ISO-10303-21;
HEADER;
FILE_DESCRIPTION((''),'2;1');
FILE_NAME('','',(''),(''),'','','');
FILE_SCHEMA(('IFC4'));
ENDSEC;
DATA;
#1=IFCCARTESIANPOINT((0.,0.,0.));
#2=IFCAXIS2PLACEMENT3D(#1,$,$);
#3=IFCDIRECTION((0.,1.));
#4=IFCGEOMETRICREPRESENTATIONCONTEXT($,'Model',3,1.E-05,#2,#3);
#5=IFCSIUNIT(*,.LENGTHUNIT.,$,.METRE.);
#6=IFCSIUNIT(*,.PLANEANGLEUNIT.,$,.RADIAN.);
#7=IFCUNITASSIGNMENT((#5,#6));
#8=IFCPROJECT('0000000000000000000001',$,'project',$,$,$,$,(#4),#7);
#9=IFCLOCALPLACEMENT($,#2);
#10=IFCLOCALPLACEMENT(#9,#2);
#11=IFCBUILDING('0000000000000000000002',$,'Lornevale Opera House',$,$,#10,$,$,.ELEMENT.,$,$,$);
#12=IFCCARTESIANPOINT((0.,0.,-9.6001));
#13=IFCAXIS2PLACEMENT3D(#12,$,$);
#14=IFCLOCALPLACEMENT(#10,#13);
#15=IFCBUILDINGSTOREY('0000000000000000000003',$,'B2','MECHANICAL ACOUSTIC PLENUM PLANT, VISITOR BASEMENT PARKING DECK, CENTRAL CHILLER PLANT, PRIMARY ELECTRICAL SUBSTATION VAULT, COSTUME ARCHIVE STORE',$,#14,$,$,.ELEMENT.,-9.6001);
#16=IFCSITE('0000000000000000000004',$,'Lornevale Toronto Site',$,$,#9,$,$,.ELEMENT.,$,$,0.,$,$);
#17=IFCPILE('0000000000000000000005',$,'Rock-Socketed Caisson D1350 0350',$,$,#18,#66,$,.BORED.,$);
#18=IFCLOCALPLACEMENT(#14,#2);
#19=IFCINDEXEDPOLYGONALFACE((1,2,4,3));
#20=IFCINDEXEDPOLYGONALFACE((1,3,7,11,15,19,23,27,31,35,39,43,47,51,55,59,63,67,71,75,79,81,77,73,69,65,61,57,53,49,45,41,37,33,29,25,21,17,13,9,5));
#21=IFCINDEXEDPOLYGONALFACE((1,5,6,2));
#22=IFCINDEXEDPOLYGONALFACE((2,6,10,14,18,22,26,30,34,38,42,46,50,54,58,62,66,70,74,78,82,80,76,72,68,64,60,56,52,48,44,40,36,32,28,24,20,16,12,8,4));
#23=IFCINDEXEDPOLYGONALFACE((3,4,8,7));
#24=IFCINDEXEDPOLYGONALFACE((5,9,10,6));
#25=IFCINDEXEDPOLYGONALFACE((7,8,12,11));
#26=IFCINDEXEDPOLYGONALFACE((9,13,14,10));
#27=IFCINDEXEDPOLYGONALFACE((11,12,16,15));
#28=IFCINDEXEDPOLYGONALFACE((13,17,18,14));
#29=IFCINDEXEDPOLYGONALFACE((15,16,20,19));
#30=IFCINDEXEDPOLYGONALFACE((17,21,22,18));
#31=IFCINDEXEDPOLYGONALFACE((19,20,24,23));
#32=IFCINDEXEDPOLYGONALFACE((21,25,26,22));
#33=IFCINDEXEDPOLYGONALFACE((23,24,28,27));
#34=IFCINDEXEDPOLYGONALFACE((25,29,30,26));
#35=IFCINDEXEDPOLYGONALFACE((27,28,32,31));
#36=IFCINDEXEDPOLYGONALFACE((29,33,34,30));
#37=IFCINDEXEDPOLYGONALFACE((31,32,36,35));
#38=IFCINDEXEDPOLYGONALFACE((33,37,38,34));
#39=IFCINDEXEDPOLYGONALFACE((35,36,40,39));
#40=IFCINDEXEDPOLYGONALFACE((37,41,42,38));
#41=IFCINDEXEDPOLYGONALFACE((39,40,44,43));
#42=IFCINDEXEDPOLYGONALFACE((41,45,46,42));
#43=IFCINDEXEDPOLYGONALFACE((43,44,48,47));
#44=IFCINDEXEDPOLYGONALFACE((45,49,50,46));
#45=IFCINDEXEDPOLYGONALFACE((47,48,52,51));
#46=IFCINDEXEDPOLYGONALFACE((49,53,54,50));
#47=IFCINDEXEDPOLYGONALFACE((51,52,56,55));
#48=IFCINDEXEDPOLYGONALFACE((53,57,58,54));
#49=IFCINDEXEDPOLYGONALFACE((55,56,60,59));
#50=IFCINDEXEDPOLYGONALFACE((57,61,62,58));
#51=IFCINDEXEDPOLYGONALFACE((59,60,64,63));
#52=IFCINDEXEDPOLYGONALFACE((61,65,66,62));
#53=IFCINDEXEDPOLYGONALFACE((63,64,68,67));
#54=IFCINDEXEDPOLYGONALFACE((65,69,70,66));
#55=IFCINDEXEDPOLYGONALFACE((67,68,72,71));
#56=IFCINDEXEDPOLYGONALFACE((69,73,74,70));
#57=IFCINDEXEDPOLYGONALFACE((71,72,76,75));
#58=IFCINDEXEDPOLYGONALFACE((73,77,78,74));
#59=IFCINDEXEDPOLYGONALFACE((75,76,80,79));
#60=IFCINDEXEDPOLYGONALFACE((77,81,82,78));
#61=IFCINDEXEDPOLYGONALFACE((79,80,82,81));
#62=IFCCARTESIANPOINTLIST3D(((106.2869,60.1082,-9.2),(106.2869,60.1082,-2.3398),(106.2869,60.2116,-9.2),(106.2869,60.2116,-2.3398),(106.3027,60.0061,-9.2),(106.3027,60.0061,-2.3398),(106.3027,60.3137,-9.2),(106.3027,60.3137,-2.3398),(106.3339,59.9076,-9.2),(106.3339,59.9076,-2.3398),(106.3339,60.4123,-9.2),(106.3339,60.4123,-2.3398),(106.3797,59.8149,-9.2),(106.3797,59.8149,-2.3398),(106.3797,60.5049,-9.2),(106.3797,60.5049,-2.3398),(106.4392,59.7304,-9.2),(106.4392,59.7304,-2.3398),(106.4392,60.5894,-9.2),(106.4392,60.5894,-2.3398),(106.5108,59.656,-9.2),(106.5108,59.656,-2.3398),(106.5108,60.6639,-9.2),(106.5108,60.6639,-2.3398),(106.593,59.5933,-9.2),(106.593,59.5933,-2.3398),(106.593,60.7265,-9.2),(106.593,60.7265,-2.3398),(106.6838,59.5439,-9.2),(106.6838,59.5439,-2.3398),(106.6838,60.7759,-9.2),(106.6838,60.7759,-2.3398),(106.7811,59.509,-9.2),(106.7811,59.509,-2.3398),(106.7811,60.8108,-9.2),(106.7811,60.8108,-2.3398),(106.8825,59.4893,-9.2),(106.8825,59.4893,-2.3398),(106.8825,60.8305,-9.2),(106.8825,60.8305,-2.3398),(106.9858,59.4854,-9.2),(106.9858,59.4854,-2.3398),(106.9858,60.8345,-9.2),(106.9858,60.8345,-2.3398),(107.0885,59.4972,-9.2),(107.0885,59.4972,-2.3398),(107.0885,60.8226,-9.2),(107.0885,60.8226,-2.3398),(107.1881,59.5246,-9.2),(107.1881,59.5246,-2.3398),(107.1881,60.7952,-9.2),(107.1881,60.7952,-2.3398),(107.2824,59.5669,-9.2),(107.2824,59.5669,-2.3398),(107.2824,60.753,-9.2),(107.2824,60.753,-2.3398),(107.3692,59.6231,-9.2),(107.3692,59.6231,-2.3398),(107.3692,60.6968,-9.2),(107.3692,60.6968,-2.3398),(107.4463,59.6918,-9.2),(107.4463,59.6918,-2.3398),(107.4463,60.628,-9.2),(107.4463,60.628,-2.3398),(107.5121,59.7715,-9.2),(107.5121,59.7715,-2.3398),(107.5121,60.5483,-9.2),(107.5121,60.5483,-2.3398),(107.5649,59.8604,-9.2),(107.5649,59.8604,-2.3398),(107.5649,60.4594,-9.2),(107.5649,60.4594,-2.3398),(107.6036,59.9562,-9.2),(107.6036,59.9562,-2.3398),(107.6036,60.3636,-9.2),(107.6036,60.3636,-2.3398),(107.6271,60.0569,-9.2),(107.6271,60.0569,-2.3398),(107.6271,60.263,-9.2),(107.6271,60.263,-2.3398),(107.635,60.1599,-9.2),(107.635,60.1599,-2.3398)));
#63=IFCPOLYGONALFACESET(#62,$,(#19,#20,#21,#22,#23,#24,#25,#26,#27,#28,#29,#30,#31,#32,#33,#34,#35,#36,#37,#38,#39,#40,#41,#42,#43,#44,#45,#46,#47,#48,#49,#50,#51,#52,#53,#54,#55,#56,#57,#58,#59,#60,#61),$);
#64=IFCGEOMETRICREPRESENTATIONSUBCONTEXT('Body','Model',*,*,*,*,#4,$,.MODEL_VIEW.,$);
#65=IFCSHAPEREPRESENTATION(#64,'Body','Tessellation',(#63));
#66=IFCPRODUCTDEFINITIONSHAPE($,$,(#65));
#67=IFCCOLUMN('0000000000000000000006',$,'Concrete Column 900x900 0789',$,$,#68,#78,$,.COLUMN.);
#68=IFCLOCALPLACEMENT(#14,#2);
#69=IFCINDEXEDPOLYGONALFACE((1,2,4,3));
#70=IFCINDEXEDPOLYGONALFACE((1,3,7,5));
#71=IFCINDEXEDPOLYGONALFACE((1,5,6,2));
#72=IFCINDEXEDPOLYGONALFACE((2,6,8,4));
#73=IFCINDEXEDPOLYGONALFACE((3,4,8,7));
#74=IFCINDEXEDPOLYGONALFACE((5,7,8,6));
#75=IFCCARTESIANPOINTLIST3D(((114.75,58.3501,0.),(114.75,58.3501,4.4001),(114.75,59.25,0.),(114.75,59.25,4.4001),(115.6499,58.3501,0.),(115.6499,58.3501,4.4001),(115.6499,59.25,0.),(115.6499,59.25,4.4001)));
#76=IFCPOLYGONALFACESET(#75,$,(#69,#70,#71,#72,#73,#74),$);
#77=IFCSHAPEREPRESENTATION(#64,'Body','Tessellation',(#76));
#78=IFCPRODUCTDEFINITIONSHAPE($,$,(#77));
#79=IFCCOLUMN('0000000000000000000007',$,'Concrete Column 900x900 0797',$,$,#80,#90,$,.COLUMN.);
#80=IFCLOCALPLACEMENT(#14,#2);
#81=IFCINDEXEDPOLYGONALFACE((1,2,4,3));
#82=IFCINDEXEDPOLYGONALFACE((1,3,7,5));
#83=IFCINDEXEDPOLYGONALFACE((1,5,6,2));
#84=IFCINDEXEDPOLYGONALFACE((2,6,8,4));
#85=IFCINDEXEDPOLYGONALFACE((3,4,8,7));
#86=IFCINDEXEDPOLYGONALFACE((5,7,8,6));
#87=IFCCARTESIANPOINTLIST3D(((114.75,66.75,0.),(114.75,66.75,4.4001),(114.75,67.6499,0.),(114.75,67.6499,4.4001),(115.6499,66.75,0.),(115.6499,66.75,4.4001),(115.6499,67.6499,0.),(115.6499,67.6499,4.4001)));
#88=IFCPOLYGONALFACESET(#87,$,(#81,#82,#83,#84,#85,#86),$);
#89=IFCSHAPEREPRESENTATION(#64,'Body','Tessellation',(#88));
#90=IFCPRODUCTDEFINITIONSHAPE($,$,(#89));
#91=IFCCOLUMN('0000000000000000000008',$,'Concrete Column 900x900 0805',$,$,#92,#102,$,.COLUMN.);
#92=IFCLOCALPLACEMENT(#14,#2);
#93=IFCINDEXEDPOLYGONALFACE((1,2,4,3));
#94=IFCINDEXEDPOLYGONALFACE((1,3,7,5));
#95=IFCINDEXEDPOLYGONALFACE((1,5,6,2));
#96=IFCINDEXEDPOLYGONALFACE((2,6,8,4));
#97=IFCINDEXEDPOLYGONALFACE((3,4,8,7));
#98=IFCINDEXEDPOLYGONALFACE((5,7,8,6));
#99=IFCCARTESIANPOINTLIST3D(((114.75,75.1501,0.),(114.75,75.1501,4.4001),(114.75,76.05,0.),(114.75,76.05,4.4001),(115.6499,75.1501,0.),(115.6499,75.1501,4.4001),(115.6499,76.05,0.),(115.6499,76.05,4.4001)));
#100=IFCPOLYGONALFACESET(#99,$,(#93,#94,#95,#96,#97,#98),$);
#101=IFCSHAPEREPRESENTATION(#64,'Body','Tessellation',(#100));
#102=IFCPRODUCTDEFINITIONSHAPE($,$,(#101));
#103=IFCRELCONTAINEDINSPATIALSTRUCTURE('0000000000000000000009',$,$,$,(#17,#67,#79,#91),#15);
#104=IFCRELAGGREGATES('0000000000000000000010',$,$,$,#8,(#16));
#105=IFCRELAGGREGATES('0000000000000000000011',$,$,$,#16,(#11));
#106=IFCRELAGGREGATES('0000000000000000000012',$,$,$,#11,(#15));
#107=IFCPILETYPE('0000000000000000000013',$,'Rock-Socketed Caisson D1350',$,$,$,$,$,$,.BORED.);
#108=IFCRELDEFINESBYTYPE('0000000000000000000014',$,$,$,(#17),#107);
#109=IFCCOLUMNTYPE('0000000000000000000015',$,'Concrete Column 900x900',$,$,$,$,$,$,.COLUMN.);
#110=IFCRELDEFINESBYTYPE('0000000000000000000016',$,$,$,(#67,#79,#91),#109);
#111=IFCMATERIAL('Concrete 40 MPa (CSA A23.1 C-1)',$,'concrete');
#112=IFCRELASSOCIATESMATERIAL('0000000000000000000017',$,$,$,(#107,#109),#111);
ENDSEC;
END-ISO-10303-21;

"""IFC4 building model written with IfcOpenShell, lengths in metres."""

from ifc_helpers import new_model, si_unit, direction, frame, origin, origin_2d, place, context, subcontext, project, spatial, rectangle, circle, extrude, material, material_profile, profile_set, type_object, element, save


model = new_model("IFC4")

# Units and contexts
model_context = context("Model", 3, precision=1e-05, world=origin(), true_north=direction((0.0, 1.0)))
body_context = subcontext(model_context, "Body", "Model", "MODEL_VIEW")
ifc_project = project(units=[si_unit("LENGTHUNIT", "METRE"), si_unit("PLANEANGLEUNIT", "RADIAN")], contexts=[model_context])

# Site, building, storey
site_placement = place(None, origin())
site = spatial("IfcSite", under=ifc_project, at=site_placement, Name="Lornevale Toronto Site", CompositionType="ELEMENT", RefElevation=0.0)
building_placement = place(site_placement, origin())
building = spatial("IfcBuilding", under=site, at=building_placement, Name="Lornevale Opera House", CompositionType="ELEMENT")
storey_placement = place(building_placement, frame((0.0, 0.0, -9.6001)))
storey = spatial("IfcBuildingStorey", under=building, at=storey_placement, Name="B2", Description="MECHANICAL ACOUSTIC PLENUM PLANT, VISITOR BASEMENT PARKING DECK, CENTRAL CHILLER PLANT, PRIMARY ELECTRICAL SUBSTATION VAULT, COSTUME ARCHIVE STORE", CompositionType="ELEMENT", Elevation=-9.6001)

# Pile
ifc_material_1 = material(Name="Concrete 40 MPa (CSA A23.1 C-1)", Category="concrete")
ifc_material_profile_1 = material_profile(ifc_material_1, circle(Radius=0.675, at=origin_2d()), Name="CAIS1350")
ifc_profile_set_1 = profile_set([ifc_material_profile_1], Name="Concrete 40 MPa (CSA A23.1 C-1)")
pile_type_1 = type_object("IfcPileType", Name="Rock-Socketed Caisson D1350", PredefinedType="BORED", material=ifc_profile_set_1)
pile_placement = place(storey_placement, frame((106.96, 60.1599, -2.3398), z_axis=(0.0, 0.0, -1.0), x_axis=(1.0, 0.0, 0.0)))
element("IfcPile", 1, at=pile_placement, inside=storey, type_object=pile_type_1, Name="Rock-Socketed Caisson D1350 0350", PredefinedType="BORED", context=body_context, shape_type="SweptSolid", body=[
    extrude(circle(Radius=0.675, at=origin_2d()), origin(), (0.0, 0.0, 1.0), 6.8601),
])

# Columns
ifc_material_profile_2 = material_profile(ifc_material_1, rectangle(XDim=0.8999, YDim=0.8999, at=origin_2d()), Name="RC900x900")
ifc_profile_set_2 = profile_set([ifc_material_profile_2], Name="Concrete 40 MPa (CSA A23.1 C-1)")
column_type = type_object("IfcColumnType", Name="Concrete Column 900x900", PredefinedType="COLUMN", material=ifc_profile_set_2)
for number, where, z_axis, x_axis, name in (
    (2, (115.2, 58.8, 0.0), (0.0, 0.0, 1.0), (1.0, 0.0, 0.0), "Concrete Column 900x900 0789"),
    (3, (115.2, 67.2, 0.0), (0.0, 0.0, 1.0), (1.0, 0.0, 0.0), "Concrete Column 900x900 0797"),
    (4, (115.2, 75.6001, 0.0), (0.0, 0.0, 1.0), (1.0, 0.0, 0.0), "Concrete Column 900x900 0805"),
):
    element("IfcColumn", number, at=place(storey_placement, frame(where, z_axis=z_axis, x_axis=x_axis)), inside=storey, type_object=column_type, Name=name, PredefinedType="COLUMN", context=body_context, shape_type="SweptSolid", body=[
        extrude(rectangle(XDim=0.8999, YDim=0.8999, at=origin_2d()), origin(), (0.0, 0.0, 1.0), 4.4001),
    ])

save(model, "model.ifc")
